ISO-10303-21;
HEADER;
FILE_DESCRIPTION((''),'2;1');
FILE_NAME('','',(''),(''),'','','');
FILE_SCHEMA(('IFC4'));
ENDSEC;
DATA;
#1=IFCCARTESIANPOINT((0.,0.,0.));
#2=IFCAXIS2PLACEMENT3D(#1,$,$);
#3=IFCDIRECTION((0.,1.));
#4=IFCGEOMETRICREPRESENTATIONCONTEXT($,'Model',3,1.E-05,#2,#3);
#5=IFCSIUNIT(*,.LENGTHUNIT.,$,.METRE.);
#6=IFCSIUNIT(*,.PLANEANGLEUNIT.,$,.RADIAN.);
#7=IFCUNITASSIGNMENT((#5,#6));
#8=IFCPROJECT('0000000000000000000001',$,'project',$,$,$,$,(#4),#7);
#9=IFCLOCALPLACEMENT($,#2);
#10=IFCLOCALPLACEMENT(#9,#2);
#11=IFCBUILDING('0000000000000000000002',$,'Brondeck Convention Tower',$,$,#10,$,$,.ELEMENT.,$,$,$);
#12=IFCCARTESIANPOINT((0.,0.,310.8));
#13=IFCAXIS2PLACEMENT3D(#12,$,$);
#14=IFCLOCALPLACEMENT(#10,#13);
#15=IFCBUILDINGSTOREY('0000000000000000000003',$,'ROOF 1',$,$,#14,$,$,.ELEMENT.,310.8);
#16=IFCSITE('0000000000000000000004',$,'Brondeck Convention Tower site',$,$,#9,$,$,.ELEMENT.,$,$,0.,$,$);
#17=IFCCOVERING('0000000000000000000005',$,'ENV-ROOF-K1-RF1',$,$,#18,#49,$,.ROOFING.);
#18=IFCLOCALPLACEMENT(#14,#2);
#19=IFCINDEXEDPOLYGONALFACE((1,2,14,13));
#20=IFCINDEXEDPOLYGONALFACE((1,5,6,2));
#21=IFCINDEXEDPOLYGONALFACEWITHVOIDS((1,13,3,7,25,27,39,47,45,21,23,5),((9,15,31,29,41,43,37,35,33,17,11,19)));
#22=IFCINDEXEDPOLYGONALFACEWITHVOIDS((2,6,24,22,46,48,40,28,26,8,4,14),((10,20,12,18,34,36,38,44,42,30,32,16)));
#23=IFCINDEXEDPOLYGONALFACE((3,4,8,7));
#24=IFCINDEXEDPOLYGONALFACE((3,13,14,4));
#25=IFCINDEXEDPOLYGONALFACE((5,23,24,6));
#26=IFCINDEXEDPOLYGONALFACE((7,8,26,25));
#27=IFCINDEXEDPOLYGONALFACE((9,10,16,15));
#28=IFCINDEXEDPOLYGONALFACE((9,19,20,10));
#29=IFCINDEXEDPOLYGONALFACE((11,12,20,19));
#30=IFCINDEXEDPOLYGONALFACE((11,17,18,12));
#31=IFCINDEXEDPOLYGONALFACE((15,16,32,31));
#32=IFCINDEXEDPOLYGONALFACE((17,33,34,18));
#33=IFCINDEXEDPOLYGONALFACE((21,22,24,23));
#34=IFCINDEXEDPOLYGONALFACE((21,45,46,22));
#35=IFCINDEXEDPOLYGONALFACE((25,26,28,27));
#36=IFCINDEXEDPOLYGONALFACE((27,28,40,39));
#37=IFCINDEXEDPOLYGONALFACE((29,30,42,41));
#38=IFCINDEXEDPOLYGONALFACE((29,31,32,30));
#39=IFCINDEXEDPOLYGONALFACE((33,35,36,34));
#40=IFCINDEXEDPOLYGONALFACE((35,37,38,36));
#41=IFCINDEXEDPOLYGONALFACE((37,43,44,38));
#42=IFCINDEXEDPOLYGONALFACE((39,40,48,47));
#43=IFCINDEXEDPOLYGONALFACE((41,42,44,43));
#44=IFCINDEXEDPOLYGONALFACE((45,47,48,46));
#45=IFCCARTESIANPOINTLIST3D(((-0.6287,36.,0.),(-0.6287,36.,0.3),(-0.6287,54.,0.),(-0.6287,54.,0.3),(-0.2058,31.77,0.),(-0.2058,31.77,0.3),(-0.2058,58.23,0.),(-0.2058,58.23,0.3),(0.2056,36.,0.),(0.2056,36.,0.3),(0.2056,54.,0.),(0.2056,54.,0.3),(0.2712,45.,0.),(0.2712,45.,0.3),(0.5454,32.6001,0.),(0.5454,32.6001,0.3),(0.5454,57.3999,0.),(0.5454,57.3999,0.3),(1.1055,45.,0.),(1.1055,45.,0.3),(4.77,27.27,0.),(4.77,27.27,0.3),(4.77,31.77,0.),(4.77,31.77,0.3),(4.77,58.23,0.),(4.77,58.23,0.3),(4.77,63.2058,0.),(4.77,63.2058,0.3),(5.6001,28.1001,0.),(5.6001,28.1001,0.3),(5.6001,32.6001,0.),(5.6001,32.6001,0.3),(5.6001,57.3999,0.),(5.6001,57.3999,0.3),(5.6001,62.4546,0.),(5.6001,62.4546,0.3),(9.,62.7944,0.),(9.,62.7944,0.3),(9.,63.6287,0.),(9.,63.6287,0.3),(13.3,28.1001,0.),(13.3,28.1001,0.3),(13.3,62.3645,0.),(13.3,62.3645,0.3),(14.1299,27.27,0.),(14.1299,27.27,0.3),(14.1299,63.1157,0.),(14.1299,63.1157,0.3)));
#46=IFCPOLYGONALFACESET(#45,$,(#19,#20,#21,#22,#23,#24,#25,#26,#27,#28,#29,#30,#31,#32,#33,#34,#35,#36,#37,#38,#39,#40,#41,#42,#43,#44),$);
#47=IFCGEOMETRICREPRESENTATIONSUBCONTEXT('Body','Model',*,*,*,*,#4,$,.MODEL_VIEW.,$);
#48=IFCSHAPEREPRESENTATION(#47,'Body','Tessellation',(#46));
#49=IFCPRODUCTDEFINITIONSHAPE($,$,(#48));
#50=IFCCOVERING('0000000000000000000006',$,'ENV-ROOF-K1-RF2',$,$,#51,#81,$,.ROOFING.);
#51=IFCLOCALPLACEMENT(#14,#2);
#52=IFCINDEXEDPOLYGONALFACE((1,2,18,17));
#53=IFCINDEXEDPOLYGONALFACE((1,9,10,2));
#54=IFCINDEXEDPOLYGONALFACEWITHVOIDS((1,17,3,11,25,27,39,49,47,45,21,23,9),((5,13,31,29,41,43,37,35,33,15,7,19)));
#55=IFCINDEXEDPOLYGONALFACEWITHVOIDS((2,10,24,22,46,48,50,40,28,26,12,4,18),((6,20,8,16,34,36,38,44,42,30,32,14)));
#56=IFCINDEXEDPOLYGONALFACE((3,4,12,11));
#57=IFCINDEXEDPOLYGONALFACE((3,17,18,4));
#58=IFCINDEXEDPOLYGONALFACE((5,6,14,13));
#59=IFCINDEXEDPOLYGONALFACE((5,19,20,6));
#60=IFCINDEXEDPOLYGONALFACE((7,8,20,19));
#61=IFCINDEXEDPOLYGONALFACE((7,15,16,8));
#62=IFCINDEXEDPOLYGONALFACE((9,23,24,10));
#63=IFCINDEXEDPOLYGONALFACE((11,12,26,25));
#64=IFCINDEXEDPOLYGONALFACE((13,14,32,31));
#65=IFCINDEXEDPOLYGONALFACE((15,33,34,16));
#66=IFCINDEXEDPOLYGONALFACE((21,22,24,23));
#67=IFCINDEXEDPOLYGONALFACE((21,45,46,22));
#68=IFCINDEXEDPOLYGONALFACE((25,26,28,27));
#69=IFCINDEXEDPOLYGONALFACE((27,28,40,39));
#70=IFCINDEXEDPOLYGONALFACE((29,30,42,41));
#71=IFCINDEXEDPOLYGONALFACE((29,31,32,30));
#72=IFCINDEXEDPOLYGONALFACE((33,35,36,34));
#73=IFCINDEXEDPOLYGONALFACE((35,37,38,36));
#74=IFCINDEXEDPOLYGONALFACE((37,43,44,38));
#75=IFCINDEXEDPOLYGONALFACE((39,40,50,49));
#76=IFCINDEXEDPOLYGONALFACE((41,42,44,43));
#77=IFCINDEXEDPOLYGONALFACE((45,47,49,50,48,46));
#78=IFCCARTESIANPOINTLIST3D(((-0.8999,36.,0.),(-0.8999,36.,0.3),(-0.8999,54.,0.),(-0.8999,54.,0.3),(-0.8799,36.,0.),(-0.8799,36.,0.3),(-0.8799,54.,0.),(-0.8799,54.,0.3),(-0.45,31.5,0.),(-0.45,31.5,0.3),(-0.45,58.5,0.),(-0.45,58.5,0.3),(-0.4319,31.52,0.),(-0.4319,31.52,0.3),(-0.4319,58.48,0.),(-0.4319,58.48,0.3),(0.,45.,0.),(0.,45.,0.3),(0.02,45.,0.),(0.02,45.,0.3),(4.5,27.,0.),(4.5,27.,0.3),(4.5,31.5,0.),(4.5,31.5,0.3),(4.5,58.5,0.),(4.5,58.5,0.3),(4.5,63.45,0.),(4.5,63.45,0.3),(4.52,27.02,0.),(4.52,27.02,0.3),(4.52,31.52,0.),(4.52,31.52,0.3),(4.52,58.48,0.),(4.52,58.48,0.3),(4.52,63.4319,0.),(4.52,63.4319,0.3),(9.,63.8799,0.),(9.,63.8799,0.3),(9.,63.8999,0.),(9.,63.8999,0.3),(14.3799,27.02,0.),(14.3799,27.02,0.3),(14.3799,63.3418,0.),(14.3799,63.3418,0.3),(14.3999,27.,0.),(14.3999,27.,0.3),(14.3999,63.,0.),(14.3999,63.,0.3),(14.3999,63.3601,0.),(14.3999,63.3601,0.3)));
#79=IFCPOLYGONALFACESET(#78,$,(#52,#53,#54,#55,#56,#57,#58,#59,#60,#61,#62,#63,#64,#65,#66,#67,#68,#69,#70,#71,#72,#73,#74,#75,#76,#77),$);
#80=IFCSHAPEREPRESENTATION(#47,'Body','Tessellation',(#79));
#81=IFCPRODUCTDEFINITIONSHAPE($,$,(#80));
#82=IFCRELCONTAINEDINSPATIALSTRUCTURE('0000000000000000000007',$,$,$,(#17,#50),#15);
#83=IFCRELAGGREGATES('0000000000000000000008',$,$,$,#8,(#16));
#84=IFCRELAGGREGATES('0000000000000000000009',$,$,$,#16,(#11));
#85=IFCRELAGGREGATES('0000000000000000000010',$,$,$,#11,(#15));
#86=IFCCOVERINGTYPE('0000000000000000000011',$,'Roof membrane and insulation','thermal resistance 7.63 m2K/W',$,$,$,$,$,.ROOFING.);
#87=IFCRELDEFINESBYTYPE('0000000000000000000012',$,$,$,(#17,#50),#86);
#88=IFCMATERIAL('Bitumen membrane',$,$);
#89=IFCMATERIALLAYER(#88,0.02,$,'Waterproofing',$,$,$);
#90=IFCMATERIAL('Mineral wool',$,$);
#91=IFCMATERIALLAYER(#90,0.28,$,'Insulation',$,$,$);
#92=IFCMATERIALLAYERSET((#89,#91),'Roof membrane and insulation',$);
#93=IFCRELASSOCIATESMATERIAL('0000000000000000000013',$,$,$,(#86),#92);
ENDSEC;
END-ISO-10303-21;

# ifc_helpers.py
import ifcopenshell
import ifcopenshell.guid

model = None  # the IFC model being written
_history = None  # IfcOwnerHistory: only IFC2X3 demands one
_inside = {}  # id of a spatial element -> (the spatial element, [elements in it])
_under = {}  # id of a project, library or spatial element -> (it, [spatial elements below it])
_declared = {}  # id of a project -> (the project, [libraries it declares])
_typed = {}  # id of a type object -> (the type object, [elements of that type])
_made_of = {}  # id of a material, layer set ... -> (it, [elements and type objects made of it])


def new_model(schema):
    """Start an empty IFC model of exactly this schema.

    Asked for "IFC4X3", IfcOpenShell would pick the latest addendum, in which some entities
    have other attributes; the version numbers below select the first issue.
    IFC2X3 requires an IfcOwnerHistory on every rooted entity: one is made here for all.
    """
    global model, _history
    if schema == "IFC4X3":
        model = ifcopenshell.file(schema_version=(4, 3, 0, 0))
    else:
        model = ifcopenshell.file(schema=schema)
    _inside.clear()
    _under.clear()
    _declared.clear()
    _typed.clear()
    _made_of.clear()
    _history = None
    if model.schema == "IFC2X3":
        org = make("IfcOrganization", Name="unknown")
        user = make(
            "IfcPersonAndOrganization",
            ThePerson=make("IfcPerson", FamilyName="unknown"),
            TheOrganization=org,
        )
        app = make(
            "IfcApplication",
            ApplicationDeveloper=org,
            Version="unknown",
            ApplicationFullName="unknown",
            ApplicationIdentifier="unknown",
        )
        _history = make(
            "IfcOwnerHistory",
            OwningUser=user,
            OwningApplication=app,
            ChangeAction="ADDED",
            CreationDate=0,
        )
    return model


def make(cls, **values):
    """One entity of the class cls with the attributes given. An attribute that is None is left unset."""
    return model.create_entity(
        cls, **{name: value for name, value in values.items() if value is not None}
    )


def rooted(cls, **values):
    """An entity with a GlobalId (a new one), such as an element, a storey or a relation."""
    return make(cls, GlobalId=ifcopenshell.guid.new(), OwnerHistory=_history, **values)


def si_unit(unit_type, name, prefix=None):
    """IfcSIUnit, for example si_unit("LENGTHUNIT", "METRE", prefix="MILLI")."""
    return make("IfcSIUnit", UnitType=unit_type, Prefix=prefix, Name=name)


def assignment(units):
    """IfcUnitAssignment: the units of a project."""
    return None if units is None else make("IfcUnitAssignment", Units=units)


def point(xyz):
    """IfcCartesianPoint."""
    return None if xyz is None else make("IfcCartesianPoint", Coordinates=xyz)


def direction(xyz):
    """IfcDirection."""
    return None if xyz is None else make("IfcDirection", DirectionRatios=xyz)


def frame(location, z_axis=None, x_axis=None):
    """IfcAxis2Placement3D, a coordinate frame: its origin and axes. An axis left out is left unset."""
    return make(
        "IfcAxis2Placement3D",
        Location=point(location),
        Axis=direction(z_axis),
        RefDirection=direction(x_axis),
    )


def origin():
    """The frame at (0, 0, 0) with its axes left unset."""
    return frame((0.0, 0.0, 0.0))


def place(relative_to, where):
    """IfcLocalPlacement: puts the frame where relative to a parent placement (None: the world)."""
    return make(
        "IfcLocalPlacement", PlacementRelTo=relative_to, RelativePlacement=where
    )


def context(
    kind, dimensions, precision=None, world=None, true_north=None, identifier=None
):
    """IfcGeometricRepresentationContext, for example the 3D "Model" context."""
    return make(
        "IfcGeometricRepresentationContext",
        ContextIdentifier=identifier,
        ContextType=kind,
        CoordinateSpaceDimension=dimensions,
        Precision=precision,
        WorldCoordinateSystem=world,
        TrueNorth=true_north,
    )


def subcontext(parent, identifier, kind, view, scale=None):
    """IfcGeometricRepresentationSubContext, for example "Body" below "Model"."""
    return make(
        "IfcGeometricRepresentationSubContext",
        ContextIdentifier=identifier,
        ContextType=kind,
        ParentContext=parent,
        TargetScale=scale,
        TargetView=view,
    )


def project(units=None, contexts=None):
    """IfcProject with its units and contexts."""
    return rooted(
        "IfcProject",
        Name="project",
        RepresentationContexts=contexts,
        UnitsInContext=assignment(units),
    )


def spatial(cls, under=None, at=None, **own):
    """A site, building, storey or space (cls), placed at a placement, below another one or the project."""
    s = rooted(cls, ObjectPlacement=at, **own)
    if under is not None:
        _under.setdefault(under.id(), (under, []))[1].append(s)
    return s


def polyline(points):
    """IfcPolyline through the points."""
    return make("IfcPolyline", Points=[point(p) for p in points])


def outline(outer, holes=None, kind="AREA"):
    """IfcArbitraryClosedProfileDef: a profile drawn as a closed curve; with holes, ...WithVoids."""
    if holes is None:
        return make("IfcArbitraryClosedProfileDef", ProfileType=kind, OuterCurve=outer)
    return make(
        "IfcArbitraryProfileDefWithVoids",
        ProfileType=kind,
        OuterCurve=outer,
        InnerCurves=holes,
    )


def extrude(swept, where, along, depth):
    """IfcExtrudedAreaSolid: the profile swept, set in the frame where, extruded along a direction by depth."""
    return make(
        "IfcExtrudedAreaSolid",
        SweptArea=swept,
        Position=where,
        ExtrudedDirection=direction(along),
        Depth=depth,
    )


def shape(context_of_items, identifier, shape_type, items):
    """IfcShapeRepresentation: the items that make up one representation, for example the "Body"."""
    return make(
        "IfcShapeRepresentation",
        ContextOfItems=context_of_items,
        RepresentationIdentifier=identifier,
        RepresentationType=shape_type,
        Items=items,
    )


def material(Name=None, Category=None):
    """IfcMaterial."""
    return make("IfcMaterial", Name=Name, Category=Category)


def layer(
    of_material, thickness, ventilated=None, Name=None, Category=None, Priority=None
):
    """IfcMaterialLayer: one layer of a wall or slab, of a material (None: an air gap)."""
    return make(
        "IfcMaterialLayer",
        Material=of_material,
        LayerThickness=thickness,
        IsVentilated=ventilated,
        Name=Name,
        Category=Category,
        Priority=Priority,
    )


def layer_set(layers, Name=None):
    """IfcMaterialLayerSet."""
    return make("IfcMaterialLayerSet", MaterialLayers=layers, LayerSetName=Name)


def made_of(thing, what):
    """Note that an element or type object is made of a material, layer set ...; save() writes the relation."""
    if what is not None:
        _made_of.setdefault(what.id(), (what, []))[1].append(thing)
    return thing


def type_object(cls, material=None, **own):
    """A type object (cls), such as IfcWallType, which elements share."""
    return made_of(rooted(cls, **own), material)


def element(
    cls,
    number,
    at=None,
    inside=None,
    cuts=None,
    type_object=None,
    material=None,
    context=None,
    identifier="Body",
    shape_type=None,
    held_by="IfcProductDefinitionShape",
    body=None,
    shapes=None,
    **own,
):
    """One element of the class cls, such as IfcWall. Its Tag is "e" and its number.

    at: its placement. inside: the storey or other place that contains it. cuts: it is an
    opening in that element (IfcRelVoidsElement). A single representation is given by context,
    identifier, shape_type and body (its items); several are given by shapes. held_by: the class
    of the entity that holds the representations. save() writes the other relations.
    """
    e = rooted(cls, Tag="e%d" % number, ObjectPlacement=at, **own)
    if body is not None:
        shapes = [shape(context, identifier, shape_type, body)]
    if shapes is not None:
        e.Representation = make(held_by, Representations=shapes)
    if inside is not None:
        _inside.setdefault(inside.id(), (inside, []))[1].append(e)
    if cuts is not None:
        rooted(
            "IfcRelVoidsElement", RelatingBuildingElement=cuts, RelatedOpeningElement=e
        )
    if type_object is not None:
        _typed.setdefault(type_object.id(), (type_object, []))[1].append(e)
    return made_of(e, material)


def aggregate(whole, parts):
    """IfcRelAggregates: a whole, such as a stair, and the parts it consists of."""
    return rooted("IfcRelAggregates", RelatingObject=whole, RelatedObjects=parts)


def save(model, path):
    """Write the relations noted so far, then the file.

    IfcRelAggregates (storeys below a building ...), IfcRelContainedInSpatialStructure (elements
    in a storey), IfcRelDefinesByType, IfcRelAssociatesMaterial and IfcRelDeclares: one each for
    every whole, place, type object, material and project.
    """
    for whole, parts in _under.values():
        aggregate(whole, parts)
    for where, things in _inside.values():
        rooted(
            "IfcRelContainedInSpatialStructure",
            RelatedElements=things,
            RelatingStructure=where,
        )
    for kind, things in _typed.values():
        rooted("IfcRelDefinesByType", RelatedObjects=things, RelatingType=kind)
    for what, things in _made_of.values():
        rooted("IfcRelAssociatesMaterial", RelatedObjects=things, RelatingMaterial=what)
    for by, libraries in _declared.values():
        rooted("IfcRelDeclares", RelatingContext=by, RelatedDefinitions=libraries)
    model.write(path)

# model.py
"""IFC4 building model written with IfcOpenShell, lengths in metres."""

from ifc_helpers import new_model, si_unit, direction, frame, origin, place, context, subcontext, project, spatial, polyline, outline, extrude, material, layer, layer_set, type_object, element, save


model = new_model("IFC4")

# Units and contexts
model_context = context("Model", 3, precision=1e-05, world=origin(), true_north=direction((0.0, 1.0)))
body_context = subcontext(model_context, "Body", "Model", "MODEL_VIEW")
ifc_project = project(units=[si_unit("LENGTHUNIT", "METRE"), si_unit("PLANEANGLEUNIT", "RADIAN")], contexts=[model_context])

# Site, building, storey
site_placement = place(None, origin())
site = spatial("IfcSite", under=ifc_project, at=site_placement, Name="Brondeck Convention Tower site", CompositionType="ELEMENT", RefElevation=0.0)
building_placement = place(site_placement, origin())
building = spatial("IfcBuilding", under=site, at=building_placement, Name="Brondeck Convention Tower", CompositionType="ELEMENT")
storey_placement = place(building_placement, frame((0.0, 0.0, 310.8)))
storey = spatial("IfcBuildingStorey", under=building, at=storey_placement, Name="ROOF 1", CompositionType="ELEMENT", Elevation=310.8)

# Coverings
ifc_material_1 = material(Name="Bitumen membrane")
ifc_layer_1 = layer(ifc_material_1, 0.02, Name="Waterproofing")
ifc_material_2 = material(Name="Mineral wool")
ifc_layer_2 = layer(ifc_material_2, 0.28, Name="Insulation")
ifc_layer_set_1 = layer_set([ifc_layer_1, ifc_layer_2], Name="Roof membrane and insulation")
covering_type_1 = type_object("IfcCoveringType", Name="Roof membrane and insulation", Description="thermal resistance 7.63 m2K/W", PredefinedType="ROOFING", material=ifc_layer_set_1)
covering_1_placement = place(storey_placement, origin())
element("IfcCovering", 1, at=covering_1_placement, inside=storey, type_object=covering_type_1, Name="ENV-ROOF-K1-RF1", PredefinedType="ROOFING", context=body_context, shape_type="SweptSolid", body=[
    extrude(outline(polyline([(4.77, 31.77), (4.77, 27.27), (14.1299, 27.27), (14.1299, 63.1157), (9.0, 63.6287), (4.77, 63.2058), (4.77, 58.23), (-0.2058, 58.23), (-0.6287, 54.0), (0.2712, 45.0), (-0.6287, 36.0), (-0.2058, 31.77), (4.77, 31.77)]), holes=[polyline([(13.3, 28.1001), (5.6001, 28.1001), (5.6001, 32.6001), (0.5454, 32.6001), (0.2056, 36.0), (1.1055, 45.0), (0.2056, 54.0), (0.5454, 57.3999), (5.6001, 57.3999), (5.6001, 62.4546), (9.0, 62.7944), (13.3, 62.3645), (13.3, 28.1001)])]), origin(), (0.0, 0.0, 1.0), 0.3),
])
covering_2_placement = place(storey_placement, origin())
element("IfcCovering", 2, at=covering_2_placement, inside=storey, type_object=covering_type_1, Name="ENV-ROOF-K1-RF2", PredefinedType="ROOFING", context=body_context, shape_type="SweptSolid", body=[
    extrude(outline(polyline([(-0.8999, 36.0), (-0.45, 31.5), (4.5, 31.5), (4.5, 27.0), (14.3999, 27.0), (14.3999, 63.0), (14.3999, 63.3601), (9.0, 63.8999), (4.5, 63.45), (4.5, 58.5), (-0.45, 58.5), (-0.8999, 54.0), (0.0, 45.0), (-0.8999, 36.0)]), holes=[polyline([(14.3799, 27.02), (4.52, 27.02), (4.52, 31.52), (-0.4319, 31.52), (-0.8799, 36.0), (0.02, 45.0), (-0.8799, 54.0), (-0.4319, 58.48), (4.52, 58.48), (4.52, 63.4319), (9.0, 63.8799), (14.3799, 63.3418), (14.3799, 27.02)])]), origin(), (0.0, 0.0, 1.0), 0.3),
])

save(model, "model.ifc")
